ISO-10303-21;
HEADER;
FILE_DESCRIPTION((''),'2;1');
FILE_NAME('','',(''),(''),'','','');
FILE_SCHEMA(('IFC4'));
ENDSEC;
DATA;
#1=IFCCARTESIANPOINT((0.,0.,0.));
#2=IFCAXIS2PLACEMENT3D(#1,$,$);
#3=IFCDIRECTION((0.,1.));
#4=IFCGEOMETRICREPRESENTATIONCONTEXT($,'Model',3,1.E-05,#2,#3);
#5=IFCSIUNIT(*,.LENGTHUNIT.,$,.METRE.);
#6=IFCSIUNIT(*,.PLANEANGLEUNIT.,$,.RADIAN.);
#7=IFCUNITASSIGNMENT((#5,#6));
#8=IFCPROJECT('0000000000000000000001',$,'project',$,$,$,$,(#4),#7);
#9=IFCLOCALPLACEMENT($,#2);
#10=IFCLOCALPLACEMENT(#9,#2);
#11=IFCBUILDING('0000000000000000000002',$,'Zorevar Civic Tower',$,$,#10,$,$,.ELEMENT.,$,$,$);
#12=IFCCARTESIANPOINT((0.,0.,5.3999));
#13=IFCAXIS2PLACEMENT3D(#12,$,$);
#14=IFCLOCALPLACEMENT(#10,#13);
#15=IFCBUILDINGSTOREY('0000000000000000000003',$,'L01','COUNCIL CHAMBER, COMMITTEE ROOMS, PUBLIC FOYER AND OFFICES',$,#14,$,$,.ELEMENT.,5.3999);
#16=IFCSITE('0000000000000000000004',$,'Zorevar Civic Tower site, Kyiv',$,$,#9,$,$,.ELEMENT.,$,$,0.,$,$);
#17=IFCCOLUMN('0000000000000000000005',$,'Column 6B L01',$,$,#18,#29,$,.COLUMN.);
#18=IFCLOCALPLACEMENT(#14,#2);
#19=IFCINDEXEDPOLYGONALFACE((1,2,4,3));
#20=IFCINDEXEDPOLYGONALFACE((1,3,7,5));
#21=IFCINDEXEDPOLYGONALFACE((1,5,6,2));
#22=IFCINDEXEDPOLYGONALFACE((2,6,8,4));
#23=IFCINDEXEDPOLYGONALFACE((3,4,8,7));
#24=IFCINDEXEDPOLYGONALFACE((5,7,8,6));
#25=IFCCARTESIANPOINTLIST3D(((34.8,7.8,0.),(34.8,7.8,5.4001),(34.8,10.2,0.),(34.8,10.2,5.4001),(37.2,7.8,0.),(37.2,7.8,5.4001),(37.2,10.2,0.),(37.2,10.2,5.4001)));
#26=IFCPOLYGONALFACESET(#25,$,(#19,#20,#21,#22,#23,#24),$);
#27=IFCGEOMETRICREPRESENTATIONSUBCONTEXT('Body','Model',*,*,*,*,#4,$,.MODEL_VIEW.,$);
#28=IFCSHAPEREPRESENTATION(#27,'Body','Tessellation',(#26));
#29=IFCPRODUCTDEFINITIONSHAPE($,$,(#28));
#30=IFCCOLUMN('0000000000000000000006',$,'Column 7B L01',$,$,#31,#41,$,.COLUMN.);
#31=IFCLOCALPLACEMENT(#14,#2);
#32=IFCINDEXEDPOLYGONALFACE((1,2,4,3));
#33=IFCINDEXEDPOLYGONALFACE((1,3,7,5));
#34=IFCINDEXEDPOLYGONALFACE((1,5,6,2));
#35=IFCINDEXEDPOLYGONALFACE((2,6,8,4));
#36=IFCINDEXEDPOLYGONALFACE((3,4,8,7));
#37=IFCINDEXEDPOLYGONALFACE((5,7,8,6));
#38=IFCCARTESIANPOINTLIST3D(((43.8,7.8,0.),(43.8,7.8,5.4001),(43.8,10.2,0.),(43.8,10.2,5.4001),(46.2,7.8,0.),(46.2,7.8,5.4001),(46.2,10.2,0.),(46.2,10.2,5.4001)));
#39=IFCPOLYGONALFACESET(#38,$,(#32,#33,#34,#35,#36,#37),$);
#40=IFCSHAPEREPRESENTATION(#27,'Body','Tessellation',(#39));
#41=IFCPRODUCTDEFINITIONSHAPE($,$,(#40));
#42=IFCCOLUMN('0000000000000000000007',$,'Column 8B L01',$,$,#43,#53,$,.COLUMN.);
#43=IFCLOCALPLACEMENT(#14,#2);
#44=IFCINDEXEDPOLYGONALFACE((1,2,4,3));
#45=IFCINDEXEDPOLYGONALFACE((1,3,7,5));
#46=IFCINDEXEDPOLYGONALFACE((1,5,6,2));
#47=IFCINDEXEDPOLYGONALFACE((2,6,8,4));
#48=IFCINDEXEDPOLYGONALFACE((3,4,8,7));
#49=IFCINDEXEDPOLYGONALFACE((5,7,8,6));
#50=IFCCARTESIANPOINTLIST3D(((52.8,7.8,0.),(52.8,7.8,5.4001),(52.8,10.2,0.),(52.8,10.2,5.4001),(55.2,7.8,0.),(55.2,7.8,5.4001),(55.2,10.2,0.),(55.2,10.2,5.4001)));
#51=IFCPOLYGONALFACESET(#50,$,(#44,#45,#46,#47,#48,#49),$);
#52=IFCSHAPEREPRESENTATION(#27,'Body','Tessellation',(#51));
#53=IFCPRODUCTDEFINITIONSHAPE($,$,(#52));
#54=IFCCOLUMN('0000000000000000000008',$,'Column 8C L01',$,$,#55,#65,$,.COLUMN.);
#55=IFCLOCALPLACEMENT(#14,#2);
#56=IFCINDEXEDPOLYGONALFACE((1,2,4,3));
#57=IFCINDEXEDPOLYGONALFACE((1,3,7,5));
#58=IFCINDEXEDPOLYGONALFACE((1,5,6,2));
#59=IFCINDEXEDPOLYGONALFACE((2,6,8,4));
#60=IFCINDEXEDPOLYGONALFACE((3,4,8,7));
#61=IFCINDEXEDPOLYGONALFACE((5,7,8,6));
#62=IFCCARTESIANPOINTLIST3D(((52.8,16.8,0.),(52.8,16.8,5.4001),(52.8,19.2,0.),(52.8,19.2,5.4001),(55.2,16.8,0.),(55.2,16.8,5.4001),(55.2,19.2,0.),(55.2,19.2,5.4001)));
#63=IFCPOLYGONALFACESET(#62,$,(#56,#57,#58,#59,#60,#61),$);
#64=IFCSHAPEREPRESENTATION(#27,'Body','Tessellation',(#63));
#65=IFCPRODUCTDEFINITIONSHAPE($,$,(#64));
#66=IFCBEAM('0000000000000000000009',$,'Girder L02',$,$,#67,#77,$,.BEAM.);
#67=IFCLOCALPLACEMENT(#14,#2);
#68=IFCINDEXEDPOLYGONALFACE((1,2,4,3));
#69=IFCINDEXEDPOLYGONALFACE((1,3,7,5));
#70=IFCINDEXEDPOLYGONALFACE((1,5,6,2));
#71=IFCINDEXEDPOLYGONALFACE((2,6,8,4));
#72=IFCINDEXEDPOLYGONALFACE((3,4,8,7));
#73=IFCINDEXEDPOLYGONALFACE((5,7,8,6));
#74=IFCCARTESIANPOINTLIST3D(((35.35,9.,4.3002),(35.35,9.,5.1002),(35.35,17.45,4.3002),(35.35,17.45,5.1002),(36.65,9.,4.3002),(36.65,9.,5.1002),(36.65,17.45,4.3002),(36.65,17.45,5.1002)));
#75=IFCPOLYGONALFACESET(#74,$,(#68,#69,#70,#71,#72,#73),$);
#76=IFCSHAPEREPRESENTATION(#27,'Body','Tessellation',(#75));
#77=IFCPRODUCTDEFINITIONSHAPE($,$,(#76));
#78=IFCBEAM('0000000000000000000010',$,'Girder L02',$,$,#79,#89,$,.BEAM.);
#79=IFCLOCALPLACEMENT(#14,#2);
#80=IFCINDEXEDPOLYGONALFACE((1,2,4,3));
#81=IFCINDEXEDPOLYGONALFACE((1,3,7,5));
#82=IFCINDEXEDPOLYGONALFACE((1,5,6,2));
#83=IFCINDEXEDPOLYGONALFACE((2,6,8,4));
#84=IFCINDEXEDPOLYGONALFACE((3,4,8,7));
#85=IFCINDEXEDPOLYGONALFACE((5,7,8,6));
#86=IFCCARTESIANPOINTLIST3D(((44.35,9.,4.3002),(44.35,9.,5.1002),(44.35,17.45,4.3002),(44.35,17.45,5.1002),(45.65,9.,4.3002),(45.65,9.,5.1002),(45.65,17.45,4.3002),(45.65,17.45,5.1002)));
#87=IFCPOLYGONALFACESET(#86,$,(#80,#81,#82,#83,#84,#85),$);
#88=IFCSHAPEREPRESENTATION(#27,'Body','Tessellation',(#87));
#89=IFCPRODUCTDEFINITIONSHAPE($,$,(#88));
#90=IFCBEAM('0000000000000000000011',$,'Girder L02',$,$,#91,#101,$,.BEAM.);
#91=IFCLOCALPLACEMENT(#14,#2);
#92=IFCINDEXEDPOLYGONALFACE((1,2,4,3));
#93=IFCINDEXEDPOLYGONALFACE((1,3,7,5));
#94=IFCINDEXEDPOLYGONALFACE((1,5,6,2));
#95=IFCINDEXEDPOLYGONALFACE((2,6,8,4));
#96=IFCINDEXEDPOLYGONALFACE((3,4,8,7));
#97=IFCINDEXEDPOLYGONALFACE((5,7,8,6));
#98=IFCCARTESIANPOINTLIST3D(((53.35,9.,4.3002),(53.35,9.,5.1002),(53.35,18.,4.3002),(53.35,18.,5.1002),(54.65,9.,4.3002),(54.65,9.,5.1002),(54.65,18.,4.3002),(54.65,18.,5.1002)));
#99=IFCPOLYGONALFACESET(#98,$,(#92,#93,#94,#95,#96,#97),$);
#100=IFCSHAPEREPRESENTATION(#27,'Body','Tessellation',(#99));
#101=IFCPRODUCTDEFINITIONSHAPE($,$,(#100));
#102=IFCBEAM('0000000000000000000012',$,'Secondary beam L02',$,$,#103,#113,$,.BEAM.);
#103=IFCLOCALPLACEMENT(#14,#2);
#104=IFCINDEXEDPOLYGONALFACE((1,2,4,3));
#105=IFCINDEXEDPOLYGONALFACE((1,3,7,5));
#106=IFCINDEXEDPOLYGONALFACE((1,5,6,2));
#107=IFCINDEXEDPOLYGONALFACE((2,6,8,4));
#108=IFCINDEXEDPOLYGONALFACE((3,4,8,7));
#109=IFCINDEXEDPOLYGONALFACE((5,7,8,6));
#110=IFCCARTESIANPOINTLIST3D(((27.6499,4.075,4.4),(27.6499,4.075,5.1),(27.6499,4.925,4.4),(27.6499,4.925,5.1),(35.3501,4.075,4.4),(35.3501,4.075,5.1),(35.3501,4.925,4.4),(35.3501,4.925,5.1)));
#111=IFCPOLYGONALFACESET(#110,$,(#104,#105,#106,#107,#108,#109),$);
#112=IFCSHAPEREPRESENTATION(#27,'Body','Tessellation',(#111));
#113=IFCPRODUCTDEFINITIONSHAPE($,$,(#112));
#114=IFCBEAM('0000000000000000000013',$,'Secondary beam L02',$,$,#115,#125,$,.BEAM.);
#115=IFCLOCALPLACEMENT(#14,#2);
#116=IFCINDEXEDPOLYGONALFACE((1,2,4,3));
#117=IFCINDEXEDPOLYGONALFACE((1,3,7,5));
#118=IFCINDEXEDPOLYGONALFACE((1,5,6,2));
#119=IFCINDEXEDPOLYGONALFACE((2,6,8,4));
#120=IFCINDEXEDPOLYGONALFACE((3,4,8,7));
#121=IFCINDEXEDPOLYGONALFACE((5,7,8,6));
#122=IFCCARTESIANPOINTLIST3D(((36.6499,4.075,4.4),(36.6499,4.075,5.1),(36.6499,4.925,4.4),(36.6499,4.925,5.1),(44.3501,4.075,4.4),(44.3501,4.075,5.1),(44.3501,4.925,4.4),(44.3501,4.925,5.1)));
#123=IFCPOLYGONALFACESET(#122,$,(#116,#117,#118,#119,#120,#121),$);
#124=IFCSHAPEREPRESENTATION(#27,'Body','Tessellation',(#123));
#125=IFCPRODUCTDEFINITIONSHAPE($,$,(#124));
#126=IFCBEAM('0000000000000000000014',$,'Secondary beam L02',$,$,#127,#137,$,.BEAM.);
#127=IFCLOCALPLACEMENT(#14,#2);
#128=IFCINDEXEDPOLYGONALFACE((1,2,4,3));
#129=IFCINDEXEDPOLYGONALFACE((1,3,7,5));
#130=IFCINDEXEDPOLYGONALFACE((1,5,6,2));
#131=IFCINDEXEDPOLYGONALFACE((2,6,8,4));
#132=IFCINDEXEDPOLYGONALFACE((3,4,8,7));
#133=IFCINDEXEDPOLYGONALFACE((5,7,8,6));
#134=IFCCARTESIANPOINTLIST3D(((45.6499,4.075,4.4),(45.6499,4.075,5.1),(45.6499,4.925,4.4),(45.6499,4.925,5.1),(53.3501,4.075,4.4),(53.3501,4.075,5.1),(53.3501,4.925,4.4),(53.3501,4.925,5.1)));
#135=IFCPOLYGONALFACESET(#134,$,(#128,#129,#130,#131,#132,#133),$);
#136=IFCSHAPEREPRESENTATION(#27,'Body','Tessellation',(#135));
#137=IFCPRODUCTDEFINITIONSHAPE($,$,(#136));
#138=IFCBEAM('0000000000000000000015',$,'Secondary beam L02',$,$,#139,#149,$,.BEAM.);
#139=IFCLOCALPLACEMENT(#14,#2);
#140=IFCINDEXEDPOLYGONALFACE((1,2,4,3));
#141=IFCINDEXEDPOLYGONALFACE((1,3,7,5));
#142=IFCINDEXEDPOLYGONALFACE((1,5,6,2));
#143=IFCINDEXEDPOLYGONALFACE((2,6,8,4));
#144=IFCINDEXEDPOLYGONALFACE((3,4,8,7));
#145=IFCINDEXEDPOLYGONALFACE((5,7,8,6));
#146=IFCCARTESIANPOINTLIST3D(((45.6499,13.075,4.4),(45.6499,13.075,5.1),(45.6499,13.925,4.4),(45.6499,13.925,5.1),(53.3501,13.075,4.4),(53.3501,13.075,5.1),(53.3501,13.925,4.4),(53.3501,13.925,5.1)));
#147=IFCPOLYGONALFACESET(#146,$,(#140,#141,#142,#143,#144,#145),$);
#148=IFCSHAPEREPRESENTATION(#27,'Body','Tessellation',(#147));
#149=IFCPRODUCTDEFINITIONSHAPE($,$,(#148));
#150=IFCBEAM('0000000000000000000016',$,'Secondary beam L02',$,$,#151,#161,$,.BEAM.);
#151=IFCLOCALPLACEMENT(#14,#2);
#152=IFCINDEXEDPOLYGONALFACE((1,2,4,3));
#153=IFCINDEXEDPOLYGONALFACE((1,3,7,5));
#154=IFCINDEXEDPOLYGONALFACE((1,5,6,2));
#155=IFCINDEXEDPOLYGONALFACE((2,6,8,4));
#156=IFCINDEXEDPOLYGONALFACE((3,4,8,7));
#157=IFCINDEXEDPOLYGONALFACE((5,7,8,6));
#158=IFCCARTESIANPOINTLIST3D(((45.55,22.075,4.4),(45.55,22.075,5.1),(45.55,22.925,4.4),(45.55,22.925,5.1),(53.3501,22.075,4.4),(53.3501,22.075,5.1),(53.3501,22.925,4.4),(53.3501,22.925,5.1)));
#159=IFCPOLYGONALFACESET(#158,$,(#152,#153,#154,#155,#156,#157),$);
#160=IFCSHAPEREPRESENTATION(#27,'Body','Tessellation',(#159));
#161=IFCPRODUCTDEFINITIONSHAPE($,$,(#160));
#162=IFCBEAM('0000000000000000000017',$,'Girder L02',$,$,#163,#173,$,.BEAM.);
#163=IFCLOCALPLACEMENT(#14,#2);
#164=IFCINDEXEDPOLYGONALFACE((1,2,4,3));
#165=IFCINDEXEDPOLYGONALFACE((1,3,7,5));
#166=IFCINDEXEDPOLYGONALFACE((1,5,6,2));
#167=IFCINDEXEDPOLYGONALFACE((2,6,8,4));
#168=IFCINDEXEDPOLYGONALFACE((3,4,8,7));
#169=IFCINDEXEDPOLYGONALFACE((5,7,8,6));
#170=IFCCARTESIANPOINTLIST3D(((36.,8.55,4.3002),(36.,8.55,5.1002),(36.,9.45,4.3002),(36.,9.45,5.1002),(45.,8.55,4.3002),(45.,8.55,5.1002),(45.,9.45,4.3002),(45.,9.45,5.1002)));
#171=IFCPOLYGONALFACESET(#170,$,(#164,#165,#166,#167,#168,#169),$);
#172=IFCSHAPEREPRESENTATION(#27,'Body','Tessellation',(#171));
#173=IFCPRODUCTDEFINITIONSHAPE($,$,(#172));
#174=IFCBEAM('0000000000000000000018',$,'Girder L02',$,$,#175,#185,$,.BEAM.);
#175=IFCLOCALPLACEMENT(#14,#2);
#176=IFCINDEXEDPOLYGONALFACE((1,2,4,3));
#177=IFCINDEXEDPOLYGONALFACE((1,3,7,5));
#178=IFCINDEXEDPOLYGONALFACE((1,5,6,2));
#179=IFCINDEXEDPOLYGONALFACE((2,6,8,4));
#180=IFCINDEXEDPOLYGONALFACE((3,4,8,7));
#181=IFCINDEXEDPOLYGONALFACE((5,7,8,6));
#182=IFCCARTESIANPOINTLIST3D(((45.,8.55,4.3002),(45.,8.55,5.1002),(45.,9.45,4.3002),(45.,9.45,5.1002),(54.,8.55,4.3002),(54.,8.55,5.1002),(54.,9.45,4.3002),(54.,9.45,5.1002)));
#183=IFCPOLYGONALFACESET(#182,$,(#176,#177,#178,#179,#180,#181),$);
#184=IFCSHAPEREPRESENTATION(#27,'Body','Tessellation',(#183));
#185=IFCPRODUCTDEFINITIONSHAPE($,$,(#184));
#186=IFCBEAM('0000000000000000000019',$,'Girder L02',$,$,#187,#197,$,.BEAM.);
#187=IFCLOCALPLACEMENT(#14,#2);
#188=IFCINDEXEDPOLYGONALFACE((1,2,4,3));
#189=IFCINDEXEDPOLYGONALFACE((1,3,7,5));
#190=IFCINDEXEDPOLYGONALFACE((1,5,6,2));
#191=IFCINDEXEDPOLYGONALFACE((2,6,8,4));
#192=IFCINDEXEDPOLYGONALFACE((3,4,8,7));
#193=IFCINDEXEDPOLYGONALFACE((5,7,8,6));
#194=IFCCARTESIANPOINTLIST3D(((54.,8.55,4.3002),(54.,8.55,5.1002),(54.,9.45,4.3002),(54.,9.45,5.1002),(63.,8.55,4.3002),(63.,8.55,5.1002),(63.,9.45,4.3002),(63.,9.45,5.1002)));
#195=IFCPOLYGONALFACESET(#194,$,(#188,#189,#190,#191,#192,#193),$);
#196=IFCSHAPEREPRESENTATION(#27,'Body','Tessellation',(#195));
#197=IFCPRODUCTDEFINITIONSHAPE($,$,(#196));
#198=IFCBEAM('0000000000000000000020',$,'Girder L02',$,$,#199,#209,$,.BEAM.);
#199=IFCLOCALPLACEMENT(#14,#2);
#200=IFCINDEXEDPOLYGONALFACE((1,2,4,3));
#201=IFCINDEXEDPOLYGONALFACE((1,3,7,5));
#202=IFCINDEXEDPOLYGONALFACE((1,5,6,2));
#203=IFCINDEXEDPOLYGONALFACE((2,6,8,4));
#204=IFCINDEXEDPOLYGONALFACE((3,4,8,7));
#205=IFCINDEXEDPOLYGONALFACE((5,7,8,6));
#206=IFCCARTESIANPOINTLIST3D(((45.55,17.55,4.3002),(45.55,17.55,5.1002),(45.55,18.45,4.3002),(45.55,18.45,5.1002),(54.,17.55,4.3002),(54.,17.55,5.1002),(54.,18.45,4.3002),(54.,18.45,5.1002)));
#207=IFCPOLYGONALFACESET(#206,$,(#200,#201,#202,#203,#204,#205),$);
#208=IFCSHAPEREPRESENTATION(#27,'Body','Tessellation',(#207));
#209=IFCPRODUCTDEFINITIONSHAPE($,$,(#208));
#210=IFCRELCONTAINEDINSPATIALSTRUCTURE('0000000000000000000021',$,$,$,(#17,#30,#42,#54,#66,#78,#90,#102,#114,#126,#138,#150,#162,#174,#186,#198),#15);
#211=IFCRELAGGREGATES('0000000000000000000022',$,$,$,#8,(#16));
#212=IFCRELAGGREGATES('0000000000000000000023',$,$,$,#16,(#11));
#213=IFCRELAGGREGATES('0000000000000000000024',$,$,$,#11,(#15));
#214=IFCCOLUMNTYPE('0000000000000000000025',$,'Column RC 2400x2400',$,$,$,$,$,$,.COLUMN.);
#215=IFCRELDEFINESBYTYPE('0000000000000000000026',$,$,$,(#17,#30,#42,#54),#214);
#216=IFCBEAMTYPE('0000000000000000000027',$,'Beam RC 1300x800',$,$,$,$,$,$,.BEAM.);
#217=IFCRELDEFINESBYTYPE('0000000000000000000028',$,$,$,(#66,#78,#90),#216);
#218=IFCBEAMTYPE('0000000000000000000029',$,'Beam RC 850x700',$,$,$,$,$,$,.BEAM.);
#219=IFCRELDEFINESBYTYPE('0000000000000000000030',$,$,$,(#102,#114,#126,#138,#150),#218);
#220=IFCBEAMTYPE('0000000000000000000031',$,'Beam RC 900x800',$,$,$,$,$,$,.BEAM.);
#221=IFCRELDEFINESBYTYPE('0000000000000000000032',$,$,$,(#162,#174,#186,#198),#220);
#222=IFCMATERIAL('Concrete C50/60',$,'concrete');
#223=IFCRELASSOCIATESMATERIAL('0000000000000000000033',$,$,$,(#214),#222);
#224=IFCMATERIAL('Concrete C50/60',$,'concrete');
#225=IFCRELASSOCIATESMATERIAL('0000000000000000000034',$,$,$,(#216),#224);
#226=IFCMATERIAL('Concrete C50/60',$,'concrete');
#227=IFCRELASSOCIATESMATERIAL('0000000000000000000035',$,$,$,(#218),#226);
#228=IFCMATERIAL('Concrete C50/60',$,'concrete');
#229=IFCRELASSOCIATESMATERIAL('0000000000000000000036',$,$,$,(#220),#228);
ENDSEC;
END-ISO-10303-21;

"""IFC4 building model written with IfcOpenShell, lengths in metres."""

from ifc_helpers import new_model, si_unit, direction, frame, origin, origin_2d, place, context, subcontext, project, spatial, rectangle, extrude, material, material_profile, profile_set, type_object, element, save


model = new_model("IFC4")

# Units and contexts
model_context = context("Model", 3, precision=1e-05, world=origin(), true_north=direction((0.0, 1.0)))
body_context = subcontext(model_context, "Body", "Model", "MODEL_VIEW")
ifc_project = project(units=[si_unit("LENGTHUNIT", "METRE"), si_unit("PLANEANGLEUNIT", "RADIAN")], contexts=[model_context])

# Site, building, storey
site_placement = place(None, origin())
site = spatial("IfcSite", under=ifc_project, at=site_placement, Name="Zorevar Civic Tower site, Kyiv", CompositionType="ELEMENT", RefElevation=0.0)
building_placement = place(site_placement, origin())
building = spatial("IfcBuilding", under=site, at=building_placement, Name="Zorevar Civic Tower", CompositionType="ELEMENT")
storey_placement = place(building_placement, frame((0.0, 0.0, 5.3999)))
storey = spatial("IfcBuildingStorey", under=building, at=storey_placement, Name="L01", Description="COUNCIL CHAMBER, COMMITTEE ROOMS, PUBLIC FOYER AND OFFICES", CompositionType="ELEMENT", Elevation=5.3999)

# Columns
ifc_material_1 = material(Name="Concrete C50/60", Category="concrete")
ifc_material_profile_1 = material_profile(ifc_material_1, rectangle(XDim=2.3999, YDim=2.3999, at=origin_2d()), Name="RC 2400x2400")
ifc_profile_set_1 = profile_set([ifc_material_profile_1], Name="Concrete C50/60")
column_type = type_object("IfcColumnType", Name="Column RC 2400x2400", PredefinedType="COLUMN", material=ifc_profile_set_1)
for number, where, z_axis, x_axis, name in (
    (1, (36.0, 9.0, 0.0), (0.0, 0.0, 1.0), (1.0, 0.0, 0.0), "Column 6B L01"),
    (2, (45.0, 9.0, 0.0), (0.0, 0.0, 1.0), (1.0, 0.0, 0.0), "Column 7B L01"),
    (3, (54.0, 9.0, 0.0), (0.0, 0.0, 1.0), (1.0, 0.0, 0.0), "Column 8B L01"),
    (4, (54.0, 18.0, 0.0), (0.0, 0.0, 1.0), (1.0, 0.0, 0.0), "Column 8C L01"),
):
    element("IfcColumn", number, at=place(storey_placement, frame(where, z_axis=z_axis, x_axis=x_axis)), inside=storey, type_object=column_type, Name=name, PredefinedType="COLUMN", context=body_context, shape_type="SweptSolid", body=[
        extrude(rectangle(XDim=2.3999, YDim=2.3999, at=origin_2d()), origin(), (0.0, 0.0, 1.0), 5.4001),
    ])

# Beams
ifc_material_2 = material(Name="Concrete C50/60", Category="concrete")
ifc_material_profile_2 = material_profile(ifc_material_2, rectangle(XDim=1.3, YDim=0.8, at=origin_2d()), Name="RC 1300x800")
ifc_profile_set_2 = profile_set([ifc_material_profile_2], Name="Concrete C50/60")
beam_type_1 = type_object("IfcBeamType", Name="Beam RC 1300x800", PredefinedType="BEAM", material=ifc_profile_set_2)
for number, where, z_axis, x_axis, name in (
    (5, (36.0, 9.0, 4.7002), (0.0, 1.0, 0.0), (-1.0, 0.0, 0.0), "Girder L02"),
    (6, (45.0, 9.0, 4.7002), (0.0, 1.0, 0.0), (-1.0, 0.0, 0.0), "Girder L02"),
):
    element("IfcBeam", number, at=place(storey_placement, frame(where, z_axis=z_axis, x_axis=x_axis)), inside=storey, type_object=beam_type_1, Name=name, PredefinedType="BEAM", context=body_context, shape_type="SweptSolid", body=[
        extrude(rectangle(XDim=1.3, YDim=0.8, at=origin_2d()), origin(), (0.0, 0.0, 1.0), 8.45),
    ])
beam_1_placement = place(storey_placement, frame((54.0, 9.0, 4.7002), z_axis=(0.0, 1.0, 0.0), x_axis=(-1.0, 0.0, 0.0)))
element("IfcBeam", 7, at=beam_1_placement, inside=storey, type_object=beam_type_1, Name="Girder L02", PredefinedType="BEAM", context=body_context, shape_type="SweptSolid", body=[
    extrude(rectangle(XDim=1.3, YDim=0.8, at=origin_2d()), origin(), (0.0, 0.0, 1.0), 9.0),
])
ifc_material_3 = material(Name="Concrete C50/60", Category="concrete")
ifc_material_profile_3 = material_profile(ifc_material_3, rectangle(XDim=0.8501, YDim=0.7, at=origin_2d()), Name="RC 850x700")
ifc_profile_set_3 = profile_set([ifc_material_profile_3], Name="Concrete C50/60")
beam_type_2 = type_object("IfcBeamType", Name="Beam RC 850x700", PredefinedType="BEAM", material=ifc_profile_set_3)
for number, where, z_axis, x_axis, name in (
    (8, (27.6499, 4.5, 4.75), (1.0, 0.0, 0.0), (0.0, 1.0, 0.0), "Secondary beam L02"),
    (9, (36.6499, 4.5, 4.75), (1.0, 0.0, 0.0), (0.0, 1.0, 0.0), "Secondary beam L02"),
    (10, (45.6499, 4.5, 4.75), (1.0, 0.0, 0.0), (0.0, 1.0, 0.0), "Secondary beam L02"),
    (11, (45.6499, 13.5, 4.75), (1.0, 0.0, 0.0), (0.0, 1.0, 0.0), "Secondary beam L02"),
):
    element("IfcBeam", number, at=place(storey_placement, frame(where, z_axis=z_axis, x_axis=x_axis)), inside=storey, type_object=beam_type_2, Name=name, PredefinedType="BEAM", context=body_context, shape_type="SweptSolid", body=[
        extrude(rectangle(XDim=0.8501, YDim=0.7, at=origin_2d()), origin(), (0.0, 0.0, 1.0), 7.7002),
    ])
beam_2_placement = place(storey_placement, frame((45.55, 22.5, 4.75), z_axis=(1.0, 0.0, 0.0), x_axis=(0.0, 1.0, 0.0)))
element("IfcBeam", 12, at=beam_2_placement, inside=storey, type_object=beam_type_2, Name="Secondary beam L02", PredefinedType="BEAM", context=body_context, shape_type="SweptSolid", body=[
    extrude(rectangle(XDim=0.8501, YDim=0.7, at=origin_2d()), origin(), (0.0, 0.0, 1.0), 7.8),
])
ifc_material_4 = material(Name="Concrete C50/60", Category="concrete")
ifc_material_profile_4 = material_profile(ifc_material_4, rectangle(XDim=0.8999, YDim=0.8, at=origin_2d()), Name="RC 900x800")
ifc_profile_set_4 = profile_set([ifc_material_profile_4], Name="Concrete C50/60")
beam_type_3 = type_object("IfcBeamType", Name="Beam RC 900x800", PredefinedType="BEAM", material=ifc_profile_set_4)
for number, where, z_axis, x_axis, name in (
    (13, (36.0, 9.0, 4.7002), (1.0, 0.0, 0.0), (0.0, 1.0, 0.0), "Girder L02"),
    (14, (45.0, 9.0, 4.7002), (1.0, 0.0, 0.0), (0.0, 1.0, 0.0), "Girder L02"),
    (15, (54.0, 9.0, 4.7002), (1.0, 0.0, 0.0), (0.0, 1.0, 0.0), "Girder L02"),
):
    element("IfcBeam", number, at=place(storey_placement, frame(where, z_axis=z_axis, x_axis=x_axis)), inside=storey, type_object=beam_type_3, Name=name, PredefinedType="BEAM", context=body_context, shape_type="SweptSolid", body=[
        extrude(rectangle(XDim=0.8999, YDim=0.8, at=origin_2d()), origin(), (0.0, 0.0, 1.0), 9.0),
    ])
beam_3_placement = place(storey_placement, frame((45.55, 18.0, 4.7002), z_axis=(1.0, 0.0, 0.0), x_axis=(0.0, 1.0, 0.0)))
element("IfcBeam", 16, at=beam_3_placement, inside=storey, type_object=beam_type_3, Name="Girder L02", PredefinedType="BEAM", context=body_context, shape_type="SweptSolid", body=[
    extrude(rectangle(XDim=0.8999, YDim=0.8, at=origin_2d()), origin(), (0.0, 0.0, 1.0), 8.45),
])

save(model, "model.ifc")
